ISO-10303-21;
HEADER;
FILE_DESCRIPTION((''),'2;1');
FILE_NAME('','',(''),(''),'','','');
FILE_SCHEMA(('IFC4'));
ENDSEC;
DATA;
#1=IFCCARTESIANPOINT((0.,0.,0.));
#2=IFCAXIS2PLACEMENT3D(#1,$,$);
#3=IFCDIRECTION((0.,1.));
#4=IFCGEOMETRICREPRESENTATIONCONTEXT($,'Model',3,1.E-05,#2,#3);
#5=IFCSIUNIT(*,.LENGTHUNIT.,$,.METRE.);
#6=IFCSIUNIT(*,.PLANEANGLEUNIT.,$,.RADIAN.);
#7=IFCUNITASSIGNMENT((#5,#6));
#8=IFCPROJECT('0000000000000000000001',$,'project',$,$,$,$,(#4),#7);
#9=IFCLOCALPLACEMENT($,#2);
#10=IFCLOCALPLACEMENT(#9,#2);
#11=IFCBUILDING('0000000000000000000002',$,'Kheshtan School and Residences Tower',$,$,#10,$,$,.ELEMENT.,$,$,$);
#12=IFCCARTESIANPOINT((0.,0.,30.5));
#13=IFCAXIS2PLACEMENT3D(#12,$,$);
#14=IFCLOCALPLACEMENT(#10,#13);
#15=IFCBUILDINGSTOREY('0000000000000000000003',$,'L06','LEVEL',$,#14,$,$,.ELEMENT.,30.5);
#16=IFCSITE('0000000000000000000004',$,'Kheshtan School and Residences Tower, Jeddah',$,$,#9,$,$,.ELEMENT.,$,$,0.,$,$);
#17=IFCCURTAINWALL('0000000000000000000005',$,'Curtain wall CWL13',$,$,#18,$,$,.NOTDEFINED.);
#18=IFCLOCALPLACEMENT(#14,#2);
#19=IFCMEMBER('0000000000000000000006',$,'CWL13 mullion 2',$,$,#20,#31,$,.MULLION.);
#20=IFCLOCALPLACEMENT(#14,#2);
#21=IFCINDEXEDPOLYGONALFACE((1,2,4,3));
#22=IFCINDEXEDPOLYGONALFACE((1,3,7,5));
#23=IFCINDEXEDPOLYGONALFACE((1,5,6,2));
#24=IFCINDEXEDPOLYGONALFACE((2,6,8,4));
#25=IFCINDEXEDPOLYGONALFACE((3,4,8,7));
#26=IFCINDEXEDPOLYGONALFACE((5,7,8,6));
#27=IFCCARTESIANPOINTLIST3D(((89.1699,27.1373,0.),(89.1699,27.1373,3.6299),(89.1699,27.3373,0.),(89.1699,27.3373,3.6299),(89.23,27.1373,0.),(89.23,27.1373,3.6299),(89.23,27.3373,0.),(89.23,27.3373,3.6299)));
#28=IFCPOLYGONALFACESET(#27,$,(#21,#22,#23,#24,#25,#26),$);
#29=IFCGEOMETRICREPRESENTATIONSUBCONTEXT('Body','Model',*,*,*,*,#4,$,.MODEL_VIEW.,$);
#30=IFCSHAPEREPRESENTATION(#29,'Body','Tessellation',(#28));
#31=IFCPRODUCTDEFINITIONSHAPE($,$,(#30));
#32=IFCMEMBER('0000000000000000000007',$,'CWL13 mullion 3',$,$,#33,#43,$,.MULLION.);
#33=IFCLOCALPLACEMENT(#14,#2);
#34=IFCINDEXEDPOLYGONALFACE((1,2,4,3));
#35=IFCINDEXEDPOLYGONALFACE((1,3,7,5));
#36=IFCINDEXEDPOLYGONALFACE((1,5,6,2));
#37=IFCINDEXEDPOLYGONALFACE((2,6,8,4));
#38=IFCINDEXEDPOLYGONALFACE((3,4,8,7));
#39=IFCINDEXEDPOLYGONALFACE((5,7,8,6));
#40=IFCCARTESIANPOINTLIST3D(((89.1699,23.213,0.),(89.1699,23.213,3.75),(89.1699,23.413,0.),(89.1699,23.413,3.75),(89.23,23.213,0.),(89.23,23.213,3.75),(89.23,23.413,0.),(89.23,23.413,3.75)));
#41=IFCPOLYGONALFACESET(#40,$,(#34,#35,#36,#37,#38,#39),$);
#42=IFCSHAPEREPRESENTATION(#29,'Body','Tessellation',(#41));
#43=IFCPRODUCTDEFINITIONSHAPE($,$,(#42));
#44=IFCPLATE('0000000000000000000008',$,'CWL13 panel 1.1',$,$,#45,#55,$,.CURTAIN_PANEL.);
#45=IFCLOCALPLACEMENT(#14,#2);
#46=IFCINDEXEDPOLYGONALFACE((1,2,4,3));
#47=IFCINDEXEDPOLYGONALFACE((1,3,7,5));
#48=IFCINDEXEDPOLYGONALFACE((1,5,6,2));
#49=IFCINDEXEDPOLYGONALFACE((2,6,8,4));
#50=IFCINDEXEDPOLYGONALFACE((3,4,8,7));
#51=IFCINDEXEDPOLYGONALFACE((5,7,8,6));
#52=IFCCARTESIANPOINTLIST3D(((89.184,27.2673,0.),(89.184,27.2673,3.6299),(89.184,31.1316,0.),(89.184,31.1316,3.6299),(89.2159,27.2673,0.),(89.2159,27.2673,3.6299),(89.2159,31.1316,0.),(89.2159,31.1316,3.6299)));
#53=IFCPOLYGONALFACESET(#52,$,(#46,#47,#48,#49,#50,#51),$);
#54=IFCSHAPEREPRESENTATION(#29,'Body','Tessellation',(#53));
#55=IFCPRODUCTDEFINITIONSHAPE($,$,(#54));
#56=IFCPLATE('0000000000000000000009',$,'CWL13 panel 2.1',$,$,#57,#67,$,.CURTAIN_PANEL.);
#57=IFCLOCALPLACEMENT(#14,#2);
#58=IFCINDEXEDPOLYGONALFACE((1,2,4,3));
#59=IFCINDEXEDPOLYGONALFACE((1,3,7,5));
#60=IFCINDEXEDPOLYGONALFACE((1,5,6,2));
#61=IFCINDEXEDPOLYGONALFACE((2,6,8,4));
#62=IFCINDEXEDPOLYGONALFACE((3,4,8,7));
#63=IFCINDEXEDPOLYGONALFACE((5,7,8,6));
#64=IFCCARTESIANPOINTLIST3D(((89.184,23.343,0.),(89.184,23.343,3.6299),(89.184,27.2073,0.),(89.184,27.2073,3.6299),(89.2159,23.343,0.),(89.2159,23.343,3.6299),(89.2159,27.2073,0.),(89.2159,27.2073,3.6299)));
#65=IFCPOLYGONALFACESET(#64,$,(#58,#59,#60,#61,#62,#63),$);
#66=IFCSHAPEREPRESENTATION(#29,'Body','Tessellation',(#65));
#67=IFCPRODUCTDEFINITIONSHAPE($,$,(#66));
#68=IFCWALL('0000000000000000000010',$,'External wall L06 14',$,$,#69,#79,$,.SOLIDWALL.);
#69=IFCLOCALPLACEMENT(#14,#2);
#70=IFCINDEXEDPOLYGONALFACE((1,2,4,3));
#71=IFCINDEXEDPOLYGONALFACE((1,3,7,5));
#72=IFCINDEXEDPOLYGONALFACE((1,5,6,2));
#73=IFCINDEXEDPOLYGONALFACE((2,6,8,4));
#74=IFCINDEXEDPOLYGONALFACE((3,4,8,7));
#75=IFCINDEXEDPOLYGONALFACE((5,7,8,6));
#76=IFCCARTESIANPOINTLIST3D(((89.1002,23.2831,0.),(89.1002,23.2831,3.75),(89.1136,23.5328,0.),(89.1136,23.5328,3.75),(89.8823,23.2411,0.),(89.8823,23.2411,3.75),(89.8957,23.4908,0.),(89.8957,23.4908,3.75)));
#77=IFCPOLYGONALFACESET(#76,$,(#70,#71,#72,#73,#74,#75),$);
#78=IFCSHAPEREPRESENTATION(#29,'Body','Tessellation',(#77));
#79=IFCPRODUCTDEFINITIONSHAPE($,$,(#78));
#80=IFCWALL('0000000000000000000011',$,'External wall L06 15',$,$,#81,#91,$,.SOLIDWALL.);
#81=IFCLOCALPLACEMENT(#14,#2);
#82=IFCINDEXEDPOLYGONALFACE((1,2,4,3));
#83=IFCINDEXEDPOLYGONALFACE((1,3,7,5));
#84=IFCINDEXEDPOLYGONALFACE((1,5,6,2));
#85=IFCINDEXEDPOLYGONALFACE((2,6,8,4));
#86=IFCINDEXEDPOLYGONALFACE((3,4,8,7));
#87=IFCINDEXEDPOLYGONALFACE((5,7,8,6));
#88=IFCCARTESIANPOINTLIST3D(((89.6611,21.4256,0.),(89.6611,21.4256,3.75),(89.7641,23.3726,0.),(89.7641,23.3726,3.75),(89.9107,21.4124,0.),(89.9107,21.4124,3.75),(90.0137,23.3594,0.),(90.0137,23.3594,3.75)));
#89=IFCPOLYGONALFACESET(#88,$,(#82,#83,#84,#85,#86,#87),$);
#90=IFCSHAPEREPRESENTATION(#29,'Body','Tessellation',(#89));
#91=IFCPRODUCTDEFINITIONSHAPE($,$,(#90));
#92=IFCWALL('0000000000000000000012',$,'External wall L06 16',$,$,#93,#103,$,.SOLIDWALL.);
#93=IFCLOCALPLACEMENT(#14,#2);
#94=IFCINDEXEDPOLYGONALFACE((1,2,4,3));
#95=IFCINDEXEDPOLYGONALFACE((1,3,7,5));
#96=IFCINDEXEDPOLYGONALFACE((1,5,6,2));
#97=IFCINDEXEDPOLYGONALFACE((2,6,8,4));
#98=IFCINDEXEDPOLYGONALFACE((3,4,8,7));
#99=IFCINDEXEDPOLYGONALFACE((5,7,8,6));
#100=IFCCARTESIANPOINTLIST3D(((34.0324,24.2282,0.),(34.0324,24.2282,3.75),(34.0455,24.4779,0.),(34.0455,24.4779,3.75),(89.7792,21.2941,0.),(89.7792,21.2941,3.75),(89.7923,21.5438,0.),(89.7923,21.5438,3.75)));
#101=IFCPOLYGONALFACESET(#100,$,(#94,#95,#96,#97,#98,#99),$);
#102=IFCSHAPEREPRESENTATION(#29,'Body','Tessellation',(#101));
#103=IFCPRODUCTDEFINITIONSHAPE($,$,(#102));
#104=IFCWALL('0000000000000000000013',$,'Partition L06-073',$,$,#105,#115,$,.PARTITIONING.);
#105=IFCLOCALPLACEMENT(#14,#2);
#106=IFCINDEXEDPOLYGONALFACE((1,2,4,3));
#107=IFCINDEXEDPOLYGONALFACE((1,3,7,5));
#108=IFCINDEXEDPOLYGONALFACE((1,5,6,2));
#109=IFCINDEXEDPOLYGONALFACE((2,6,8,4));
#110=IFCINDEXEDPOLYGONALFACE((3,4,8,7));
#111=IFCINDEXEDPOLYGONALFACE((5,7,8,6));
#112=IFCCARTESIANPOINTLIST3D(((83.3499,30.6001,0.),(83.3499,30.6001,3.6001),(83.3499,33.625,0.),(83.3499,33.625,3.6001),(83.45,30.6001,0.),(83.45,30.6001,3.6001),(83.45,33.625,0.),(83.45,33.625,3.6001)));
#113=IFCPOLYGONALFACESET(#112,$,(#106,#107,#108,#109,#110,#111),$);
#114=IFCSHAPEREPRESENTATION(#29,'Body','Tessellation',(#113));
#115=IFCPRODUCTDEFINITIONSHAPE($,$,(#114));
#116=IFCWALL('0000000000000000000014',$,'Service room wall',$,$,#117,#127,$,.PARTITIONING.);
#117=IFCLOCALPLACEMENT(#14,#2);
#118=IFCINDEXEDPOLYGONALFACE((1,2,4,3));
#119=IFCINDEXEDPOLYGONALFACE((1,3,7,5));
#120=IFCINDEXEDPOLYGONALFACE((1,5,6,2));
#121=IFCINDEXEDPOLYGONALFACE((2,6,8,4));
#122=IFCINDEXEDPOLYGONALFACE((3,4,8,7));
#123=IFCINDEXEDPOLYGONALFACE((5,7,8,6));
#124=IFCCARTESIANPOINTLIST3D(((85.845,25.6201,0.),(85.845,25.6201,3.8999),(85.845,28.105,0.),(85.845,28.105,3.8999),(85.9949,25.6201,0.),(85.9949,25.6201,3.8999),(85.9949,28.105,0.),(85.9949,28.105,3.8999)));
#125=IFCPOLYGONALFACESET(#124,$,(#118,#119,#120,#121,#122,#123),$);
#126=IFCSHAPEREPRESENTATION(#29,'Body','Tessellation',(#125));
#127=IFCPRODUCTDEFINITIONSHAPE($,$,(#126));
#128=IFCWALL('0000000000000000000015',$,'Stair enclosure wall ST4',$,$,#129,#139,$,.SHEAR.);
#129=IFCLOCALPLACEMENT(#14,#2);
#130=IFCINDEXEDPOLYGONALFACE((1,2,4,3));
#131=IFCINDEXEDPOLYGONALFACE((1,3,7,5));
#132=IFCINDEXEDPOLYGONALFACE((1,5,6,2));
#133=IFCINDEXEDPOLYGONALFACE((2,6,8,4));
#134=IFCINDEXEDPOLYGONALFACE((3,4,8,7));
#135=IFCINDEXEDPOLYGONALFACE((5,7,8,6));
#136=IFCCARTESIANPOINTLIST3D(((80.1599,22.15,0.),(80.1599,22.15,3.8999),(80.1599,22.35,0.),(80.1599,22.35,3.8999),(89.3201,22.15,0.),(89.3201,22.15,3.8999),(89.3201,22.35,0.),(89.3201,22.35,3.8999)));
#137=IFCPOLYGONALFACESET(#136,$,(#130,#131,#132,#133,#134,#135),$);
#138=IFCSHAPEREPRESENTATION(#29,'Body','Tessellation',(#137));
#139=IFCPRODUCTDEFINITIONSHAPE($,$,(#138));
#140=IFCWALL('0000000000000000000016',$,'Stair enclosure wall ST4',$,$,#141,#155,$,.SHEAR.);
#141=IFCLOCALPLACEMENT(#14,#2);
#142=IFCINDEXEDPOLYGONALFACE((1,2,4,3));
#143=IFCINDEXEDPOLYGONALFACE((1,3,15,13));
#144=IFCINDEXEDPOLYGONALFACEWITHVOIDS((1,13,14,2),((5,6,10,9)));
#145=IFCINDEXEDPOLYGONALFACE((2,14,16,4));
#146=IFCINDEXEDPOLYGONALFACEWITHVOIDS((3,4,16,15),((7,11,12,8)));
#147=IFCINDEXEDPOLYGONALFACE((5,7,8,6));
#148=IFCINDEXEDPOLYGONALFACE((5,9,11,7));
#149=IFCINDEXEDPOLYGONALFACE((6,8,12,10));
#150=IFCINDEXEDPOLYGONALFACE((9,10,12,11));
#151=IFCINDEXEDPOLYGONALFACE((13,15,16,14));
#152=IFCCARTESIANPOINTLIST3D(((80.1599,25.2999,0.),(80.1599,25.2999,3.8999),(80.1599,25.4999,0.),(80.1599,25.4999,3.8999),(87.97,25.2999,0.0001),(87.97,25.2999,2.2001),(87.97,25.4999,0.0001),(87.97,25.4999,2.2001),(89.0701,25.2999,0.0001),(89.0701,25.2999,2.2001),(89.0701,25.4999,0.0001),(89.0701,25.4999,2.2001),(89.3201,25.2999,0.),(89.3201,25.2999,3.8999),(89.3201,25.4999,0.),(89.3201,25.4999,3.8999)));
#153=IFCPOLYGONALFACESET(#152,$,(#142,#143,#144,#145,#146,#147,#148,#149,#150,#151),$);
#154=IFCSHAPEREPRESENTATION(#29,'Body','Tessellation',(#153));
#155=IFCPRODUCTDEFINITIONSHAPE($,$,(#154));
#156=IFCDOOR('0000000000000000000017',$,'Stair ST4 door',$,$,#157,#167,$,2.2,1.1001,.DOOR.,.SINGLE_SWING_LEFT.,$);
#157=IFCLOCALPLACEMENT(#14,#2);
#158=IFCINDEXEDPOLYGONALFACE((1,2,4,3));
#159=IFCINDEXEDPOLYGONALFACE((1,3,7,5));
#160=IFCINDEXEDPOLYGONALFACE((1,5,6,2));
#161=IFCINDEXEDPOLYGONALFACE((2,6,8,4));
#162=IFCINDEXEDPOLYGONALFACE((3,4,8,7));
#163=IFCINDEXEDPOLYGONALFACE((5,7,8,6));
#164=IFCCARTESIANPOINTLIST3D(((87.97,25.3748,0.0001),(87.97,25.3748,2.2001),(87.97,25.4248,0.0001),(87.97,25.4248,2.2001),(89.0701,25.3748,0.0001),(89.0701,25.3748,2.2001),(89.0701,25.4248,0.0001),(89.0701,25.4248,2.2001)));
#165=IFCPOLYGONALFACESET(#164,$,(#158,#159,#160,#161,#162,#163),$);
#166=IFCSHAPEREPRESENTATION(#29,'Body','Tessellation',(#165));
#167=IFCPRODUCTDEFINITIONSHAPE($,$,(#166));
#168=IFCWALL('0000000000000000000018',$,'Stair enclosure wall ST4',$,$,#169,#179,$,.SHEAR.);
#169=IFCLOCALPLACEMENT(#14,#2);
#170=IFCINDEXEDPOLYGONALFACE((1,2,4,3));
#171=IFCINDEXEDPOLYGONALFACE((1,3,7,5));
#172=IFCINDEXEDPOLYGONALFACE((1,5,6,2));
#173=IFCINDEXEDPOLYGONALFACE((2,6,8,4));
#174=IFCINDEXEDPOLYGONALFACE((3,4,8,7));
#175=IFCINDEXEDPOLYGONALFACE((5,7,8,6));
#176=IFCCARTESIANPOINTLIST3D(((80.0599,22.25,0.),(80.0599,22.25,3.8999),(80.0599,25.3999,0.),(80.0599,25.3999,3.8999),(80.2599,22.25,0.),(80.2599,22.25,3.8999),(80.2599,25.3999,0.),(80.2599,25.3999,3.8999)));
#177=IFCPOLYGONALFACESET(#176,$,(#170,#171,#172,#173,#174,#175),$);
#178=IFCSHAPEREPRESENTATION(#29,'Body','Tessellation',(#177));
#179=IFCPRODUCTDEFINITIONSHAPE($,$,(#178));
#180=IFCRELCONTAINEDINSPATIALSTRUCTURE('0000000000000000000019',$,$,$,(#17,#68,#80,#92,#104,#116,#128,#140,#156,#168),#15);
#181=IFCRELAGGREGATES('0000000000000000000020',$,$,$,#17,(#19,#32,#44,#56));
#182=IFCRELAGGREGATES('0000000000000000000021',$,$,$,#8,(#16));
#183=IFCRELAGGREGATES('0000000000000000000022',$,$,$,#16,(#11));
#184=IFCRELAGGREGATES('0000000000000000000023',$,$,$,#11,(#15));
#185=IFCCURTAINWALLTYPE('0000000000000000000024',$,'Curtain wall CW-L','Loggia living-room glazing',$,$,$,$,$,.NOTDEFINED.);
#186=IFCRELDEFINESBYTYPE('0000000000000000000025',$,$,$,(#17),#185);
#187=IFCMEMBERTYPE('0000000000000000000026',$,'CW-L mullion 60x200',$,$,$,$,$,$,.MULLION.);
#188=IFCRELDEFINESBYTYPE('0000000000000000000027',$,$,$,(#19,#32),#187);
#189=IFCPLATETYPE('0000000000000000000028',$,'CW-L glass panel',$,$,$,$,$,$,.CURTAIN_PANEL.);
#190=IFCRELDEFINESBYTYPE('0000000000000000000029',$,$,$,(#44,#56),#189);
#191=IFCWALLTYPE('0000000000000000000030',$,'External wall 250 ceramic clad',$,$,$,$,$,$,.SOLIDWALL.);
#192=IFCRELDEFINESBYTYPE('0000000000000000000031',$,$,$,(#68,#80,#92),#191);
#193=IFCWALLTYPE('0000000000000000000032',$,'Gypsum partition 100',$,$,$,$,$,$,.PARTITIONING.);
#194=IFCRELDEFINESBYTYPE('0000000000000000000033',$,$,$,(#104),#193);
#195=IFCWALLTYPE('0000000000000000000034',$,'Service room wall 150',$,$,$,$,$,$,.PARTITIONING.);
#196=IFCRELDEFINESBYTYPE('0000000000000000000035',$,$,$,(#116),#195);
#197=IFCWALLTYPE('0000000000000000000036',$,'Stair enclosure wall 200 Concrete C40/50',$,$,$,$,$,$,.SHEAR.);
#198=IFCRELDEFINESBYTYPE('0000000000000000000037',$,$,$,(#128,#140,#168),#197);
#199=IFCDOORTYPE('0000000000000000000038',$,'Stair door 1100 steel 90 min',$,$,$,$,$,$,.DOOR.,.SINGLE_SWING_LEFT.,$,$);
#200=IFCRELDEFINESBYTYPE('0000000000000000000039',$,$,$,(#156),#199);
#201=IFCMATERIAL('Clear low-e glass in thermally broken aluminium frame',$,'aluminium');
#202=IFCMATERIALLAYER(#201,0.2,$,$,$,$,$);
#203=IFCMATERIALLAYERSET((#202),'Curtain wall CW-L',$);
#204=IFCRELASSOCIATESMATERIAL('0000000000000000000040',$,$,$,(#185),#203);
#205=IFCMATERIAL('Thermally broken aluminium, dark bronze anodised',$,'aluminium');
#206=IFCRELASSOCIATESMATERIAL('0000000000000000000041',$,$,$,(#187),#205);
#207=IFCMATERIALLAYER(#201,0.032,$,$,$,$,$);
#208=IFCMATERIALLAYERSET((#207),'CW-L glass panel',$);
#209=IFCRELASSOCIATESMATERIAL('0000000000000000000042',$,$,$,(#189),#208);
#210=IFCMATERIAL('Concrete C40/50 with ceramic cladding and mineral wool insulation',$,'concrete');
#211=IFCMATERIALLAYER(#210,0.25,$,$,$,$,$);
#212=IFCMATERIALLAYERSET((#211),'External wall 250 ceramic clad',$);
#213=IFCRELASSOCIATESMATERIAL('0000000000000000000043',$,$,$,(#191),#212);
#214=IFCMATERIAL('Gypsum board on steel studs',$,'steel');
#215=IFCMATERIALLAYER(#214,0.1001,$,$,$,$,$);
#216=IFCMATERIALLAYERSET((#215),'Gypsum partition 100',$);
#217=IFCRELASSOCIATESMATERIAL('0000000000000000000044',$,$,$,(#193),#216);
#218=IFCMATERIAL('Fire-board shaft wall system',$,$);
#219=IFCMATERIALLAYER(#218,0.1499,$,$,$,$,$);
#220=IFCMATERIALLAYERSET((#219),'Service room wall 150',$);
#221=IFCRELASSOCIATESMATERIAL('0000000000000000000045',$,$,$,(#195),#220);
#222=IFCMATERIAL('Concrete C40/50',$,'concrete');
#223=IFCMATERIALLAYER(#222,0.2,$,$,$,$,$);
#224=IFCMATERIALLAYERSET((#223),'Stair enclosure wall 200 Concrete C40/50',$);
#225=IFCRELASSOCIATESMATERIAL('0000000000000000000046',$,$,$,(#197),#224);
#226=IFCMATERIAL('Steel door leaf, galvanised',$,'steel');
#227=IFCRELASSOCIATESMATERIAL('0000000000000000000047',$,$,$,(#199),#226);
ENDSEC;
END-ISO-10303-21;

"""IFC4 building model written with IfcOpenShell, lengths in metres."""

from ifc_helpers import new_model, si_unit, direction, frame, frame_2d, origin, origin_2d, place, context, subcontext, project, spatial, rectangle, extrude, source, transform, mapped, material, layer, layer_set, material_profile, profile_set, type_object, element, fill, aggregate, save


model = new_model("IFC4")

# Units and contexts
model_context = context("Model", 3, precision=1e-05, world=origin(), true_north=direction((0.0, 1.0)))
body_context = subcontext(model_context, "Body", "Model", "MODEL_VIEW")
ifc_project = project(units=[si_unit("LENGTHUNIT", "METRE"), si_unit("PLANEANGLEUNIT", "RADIAN")], contexts=[model_context])

# Site, building, storey
site_placement = place(None, origin())
site = spatial("IfcSite", under=ifc_project, at=site_placement, Name="Kheshtan School and Residences Tower, Jeddah", CompositionType="ELEMENT", RefElevation=0.0)
building_placement = place(site_placement, origin())
building = spatial("IfcBuilding", under=site, at=building_placement, Name="Kheshtan School and Residences Tower", CompositionType="ELEMENT")
storey_placement = place(building_placement, frame((0.0, 0.0, 30.5)))
storey = spatial("IfcBuildingStorey", under=building, at=storey_placement, Name="L06", Description="LEVEL", CompositionType="ELEMENT", Elevation=30.5)

# Curtain wall, members, plates
ifc_material_1 = material(Name="Clear low-e glass in thermally broken aluminium frame", Category="aluminium")
ifc_layer_1 = layer(ifc_material_1, 0.2)
ifc_layer_set_1 = layer_set([ifc_layer_1], Name="Curtain wall CW-L")
curtain_wall_type = type_object("IfcCurtainWallType", Name="Curtain wall CW-L", Description="Loggia living-room glazing", PredefinedType="NOTDEFINED", material=ifc_layer_set_1)
curtain_wall_placement = place(storey_placement, origin())
curtain_wall = element("IfcCurtainWall", 1, at=curtain_wall_placement, inside=storey, type_object=curtain_wall_type, Name="Curtain wall CWL13", PredefinedType="NOTDEFINED")
ifc_material_2 = material(Name="Thermally broken aluminium, dark bronze anodised", Category="aluminium")
ifc_material_profile_1 = material_profile(ifc_material_2, rectangle(XDim=0.0601, YDim=0.2, at=origin_2d()), Name="CW-L mullion 60x200")
ifc_profile_set_1 = profile_set([ifc_material_profile_1], Name="Thermally broken aluminium, dark bronze anodised")
member_type = type_object("IfcMemberType", Name="CW-L mullion 60x200", PredefinedType="MULLION", material=ifc_profile_set_1)
member_1_placement = place(storey_placement, frame((89.2, 27.2373, 0.0), z_axis=(0.0, 0.0, 1.0), x_axis=(1.0, 0.0, 0.0)))
member_1 = element("IfcMember", 2, at=member_1_placement, type_object=member_type, Name="CWL13 mullion 2", PredefinedType="MULLION", context=body_context, shape_type="SweptSolid", body=[
    extrude(rectangle(XDim=0.0601, YDim=0.2, at=origin_2d()), origin(), (0.0, 0.0, 1.0), 3.6299),
])
member_2_placement = place(storey_placement, frame((89.2, 23.313, 0.0), z_axis=(0.0, 0.0, 1.0), x_axis=(1.0, 0.0, 0.0)))
member_2 = element("IfcMember", 3, at=member_2_placement, type_object=member_type, Name="CWL13 mullion 3", PredefinedType="MULLION", context=body_context, shape_type="SweptSolid", body=[
    extrude(rectangle(XDim=0.0601, YDim=0.2, at=origin_2d()), origin(), (0.0, 0.0, 1.0), 3.75),
])
ifc_layer_2 = layer(ifc_material_1, 0.032)
ifc_layer_set_2 = layer_set([ifc_layer_2], Name="CW-L glass panel")
plate_type = type_object("IfcPlateType", Name="CW-L glass panel", PredefinedType="CURTAIN_PANEL", material=ifc_layer_set_2)
plate_1_placement = place(storey_placement, frame((89.2, 29.1995, 0.0), z_axis=(0.0, 0.0, 1.0), x_axis=(0.0, -1.0, 0.0)))
plate_1 = element("IfcPlate", 4, at=plate_1_placement, type_object=plate_type, Name="CWL13 panel 1.1", PredefinedType="CURTAIN_PANEL", context=body_context, shape_type="SweptSolid", body=[
    extrude(rectangle(XDim=3.8643, YDim=0.032, at=origin_2d()), origin(), (0.0, 0.0, 1.0), 3.6299),
])
plate_2_placement = place(storey_placement, frame((89.2, 25.2751, 0.0), z_axis=(0.0, 0.0, 1.0), x_axis=(0.0, -1.0, 0.0)))
plate_2 = element("IfcPlate", 5, at=plate_2_placement, type_object=plate_type, Name="CWL13 panel 2.1", PredefinedType="CURTAIN_PANEL", context=body_context, shape_type="SweptSolid", body=[
    extrude(rectangle(XDim=3.8643, YDim=0.032, at=origin_2d()), origin(), (0.0, 0.0, 1.0), 3.6299),
])
aggregate(curtain_wall, [member_1, member_2, plate_1, plate_2])

# Walls
ifc_material_3 = material(Name="Concrete C40/50 with ceramic cladding and mineral wool insulation", Category="concrete")
ifc_layer_3 = layer(ifc_material_3, 0.25)
ifc_layer_set_3 = layer_set([ifc_layer_3], Name="External wall 250 ceramic clad")
wall_type_1 = type_object("IfcWallType", Name="External wall 250 ceramic clad", PredefinedType="SOLIDWALL", material=ifc_layer_set_3)
wall_1_placement = place(storey_placement, frame((89.1069, 23.408, 0.0), z_axis=(0.0, 0.0, 1.0), x_axis=(0.998561, -0.053622, 0.0)))
element("IfcWall", 6, at=wall_1_placement, inside=storey, type_object=wall_type_1, Name="External wall L06 14", PredefinedType="SOLIDWALL", context=body_context, shape_type="SweptSolid", body=[
    extrude(rectangle(XDim=0.7832, YDim=0.25, at=frame_2d((0.3916, 0.0))), origin(), (0.0, 0.0, 1.0), 3.75),
])
wall_2_placement = place(storey_placement, frame((89.8889, 23.366, 0.0), z_axis=(0.0, 0.0, 1.0), x_axis=(-0.052841, -0.998603, 0.0)))
element("IfcWall", 7, at=wall_2_placement, inside=storey, type_object=wall_type_1, Name="External wall L06 15", PredefinedType="SOLIDWALL", context=body_context, shape_type="SweptSolid", body=[
    extrude(rectangle(XDim=1.9497, YDim=0.25, at=frame_2d((0.9749, 0.0))), origin(), (0.0, 0.0, 1.0), 3.75),
])
wall_3_placement = place(storey_placement, frame((89.7859, 21.4189, 0.0), z_axis=(0.0, 0.0, 1.0), x_axis=(-0.998618, 0.05256, 0.0)))
element("IfcWall", 8, at=wall_3_placement, inside=storey, type_object=wall_type_1, Name="External wall L06 16", PredefinedType="SOLIDWALL", context=body_context, shape_type="SweptSolid", body=[
    extrude(rectangle(XDim=55.824, YDim=0.25, at=frame_2d((27.9121, 0.0))), origin(), (0.0, 0.0, 1.0), 3.75),
])
ifc_material_4 = material(Name="Gypsum board on steel studs", Category="steel")
ifc_layer_4 = layer(ifc_material_4, 0.1001)
ifc_layer_set_4 = layer_set([ifc_layer_4], Name="Gypsum partition 100")
wall_type_2 = type_object("IfcWallType", Name="Gypsum partition 100", PredefinedType="PARTITIONING", material=ifc_layer_set_4)
wall_4_placement = place(storey_placement, frame((83.3999, 30.6001, 0.0), z_axis=(0.0, 0.0, 1.0), x_axis=(0.0, 1.0, 0.0)))
element("IfcWall", 9, at=wall_4_placement, inside=storey, type_object=wall_type_2, Name="Partition L06-073", PredefinedType="PARTITIONING", context=body_context, shape_type="SweptSolid", body=[
    extrude(rectangle(XDim=3.0249, YDim=0.1001, at=frame_2d((1.5125, 0.0))), origin(), (0.0, 0.0, 1.0), 3.6001),
])
ifc_material_5 = material(Name="Fire-board shaft wall system")
ifc_layer_5 = layer(ifc_material_5, 0.1499)
ifc_layer_set_5 = layer_set([ifc_layer_5], Name="Service room wall 150")
wall_type_3 = type_object("IfcWallType", Name="Service room wall 150", PredefinedType="PARTITIONING", material=ifc_layer_set_5)
wall_5_placement = place(storey_placement, frame((85.9199, 25.6201, 0.0), z_axis=(0.0, 0.0, 1.0), x_axis=(0.0, 1.0, 0.0)))
element("IfcWall", 10, at=wall_5_placement, inside=storey, type_object=wall_type_3, Name="Service room wall", PredefinedType="PARTITIONING", context=body_context, shape_type="SweptSolid", body=[
    extrude(rectangle(XDim=2.4849, YDim=0.1499, at=frame_2d((1.2424, 0.0))), origin(), (0.0, 0.0, 1.0), 3.8999),
])
ifc_material_6 = material(Name="Concrete C40/50", Category="concrete")
ifc_layer_6 = layer(ifc_material_6, 0.2)
ifc_layer_set_6 = layer_set([ifc_layer_6], Name="Stair enclosure wall 200 Concrete C40/50")
wall_type_4 = type_object("IfcWallType", Name="Stair enclosure wall 200 Concrete C40/50", PredefinedType="SHEAR", material=ifc_layer_set_6)
wall_6_placement = place(storey_placement, frame((80.1599, 22.25, 0.0), z_axis=(0.0, 0.0, 1.0), x_axis=(1.0, 0.0, 0.0)))
element("IfcWall", 11, at=wall_6_placement, inside=storey, type_object=wall_type_4, Name="Stair enclosure wall ST4", PredefinedType="SHEAR", context=body_context, shape_type="SweptSolid", body=[
    extrude(rectangle(XDim=9.1602, YDim=0.2, at=frame_2d((4.5801, 0.0))), origin(), (0.0, 0.0, 1.0), 3.8999),
])

# Wall, opening, door
wall_7_placement = place(storey_placement, frame((80.1599, 25.3999, 0.0), z_axis=(0.0, 0.0, 1.0), x_axis=(1.0, 0.0, 0.0)))
wall_7 = element("IfcWall", 12, at=wall_7_placement, inside=storey, type_object=wall_type_4, Name="Stair enclosure wall ST4", PredefinedType="SHEAR", context=body_context, shape_type="SweptSolid", body=[
    extrude(rectangle(XDim=9.1602, YDim=0.2, at=frame_2d((4.5801, 0.0))), origin(), (0.0, 0.0, 1.0), 3.8999),
])
opening_placement = place(wall_7_placement, frame((7.8101, 0.0, 0.0)))
opening = element("IfcOpeningElement", 13, at=opening_placement, cuts=wall_7, PredefinedType="OPENING", context=body_context, shape_type="SweptSolid", body=[
    extrude(rectangle(XDim=1.1001, YDim=2.2, at=frame_2d((0.55, 1.1001))), frame((0.0, 0.1099, 0.0), z_axis=(0.0, -1.0, 0.0), x_axis=(1.0, 0.0, 0.0)), (0.0, 0.0, 1.0), 0.22),
])
ifc_material_7 = material(Name="Steel door leaf, galvanised", Category="steel")
door_type = type_object("IfcDoorType", Name="Stair door 1100 steel 90 min", OperationType="SINGLE_SWING_LEFT", PredefinedType="DOOR", material=ifc_material_7)
shared_shape = source(origin(), body_context, "Body", "SweptSolid", [
    extrude(rectangle(XDim=1.1001, YDim=2.2, at=frame_2d((0.55, 1.1001))), frame((0.0, 0.0249, 0.0), z_axis=(0.0, -1.0, 0.0), x_axis=(1.0, 0.0, 0.0)), (0.0, 0.0, 1.0), 0.05),
])
door_placement = place(opening_placement, origin())
door = element("IfcDoor", 14, at=door_placement, inside=storey, type_object=door_type, Name="Stair ST4 door", OperationType="SINGLE_SWING_LEFT", OverallHeight=2.2, OverallWidth=1.1001, PredefinedType="DOOR", context=body_context, shape_type="MappedRepresentation", body=[
    mapped(shared_shape, transform((0.0, 0.0, 0.0), x_axis=(1.0, 0.0, 0.0), y_axis=(0.0, 1.0, 0.0), z_axis=(0.0, 0.0, 1.0), scale=1.0)),
])
fill(opening, door)

# Wall
for number, where, z_axis, x_axis, name in (
    (15, (80.1599, 22.25, 0.0), (0.0, 0.0, 1.0), (0.0, 1.0, 0.0), "Stair enclosure wall ST4"),
):
    element("IfcWall", number, at=place(storey_placement, frame(where, z_axis=z_axis, x_axis=x_axis)), inside=storey, type_object=wall_type_4, Name=name, PredefinedType="SHEAR", context=body_context, shape_type="SweptSolid", body=[
        extrude(rectangle(XDim=3.1499, YDim=0.2, at=frame_2d((1.575, 0.0))), origin(), (0.0, 0.0, 1.0), 3.8999),
    ])

save(model, "model.ifc")
